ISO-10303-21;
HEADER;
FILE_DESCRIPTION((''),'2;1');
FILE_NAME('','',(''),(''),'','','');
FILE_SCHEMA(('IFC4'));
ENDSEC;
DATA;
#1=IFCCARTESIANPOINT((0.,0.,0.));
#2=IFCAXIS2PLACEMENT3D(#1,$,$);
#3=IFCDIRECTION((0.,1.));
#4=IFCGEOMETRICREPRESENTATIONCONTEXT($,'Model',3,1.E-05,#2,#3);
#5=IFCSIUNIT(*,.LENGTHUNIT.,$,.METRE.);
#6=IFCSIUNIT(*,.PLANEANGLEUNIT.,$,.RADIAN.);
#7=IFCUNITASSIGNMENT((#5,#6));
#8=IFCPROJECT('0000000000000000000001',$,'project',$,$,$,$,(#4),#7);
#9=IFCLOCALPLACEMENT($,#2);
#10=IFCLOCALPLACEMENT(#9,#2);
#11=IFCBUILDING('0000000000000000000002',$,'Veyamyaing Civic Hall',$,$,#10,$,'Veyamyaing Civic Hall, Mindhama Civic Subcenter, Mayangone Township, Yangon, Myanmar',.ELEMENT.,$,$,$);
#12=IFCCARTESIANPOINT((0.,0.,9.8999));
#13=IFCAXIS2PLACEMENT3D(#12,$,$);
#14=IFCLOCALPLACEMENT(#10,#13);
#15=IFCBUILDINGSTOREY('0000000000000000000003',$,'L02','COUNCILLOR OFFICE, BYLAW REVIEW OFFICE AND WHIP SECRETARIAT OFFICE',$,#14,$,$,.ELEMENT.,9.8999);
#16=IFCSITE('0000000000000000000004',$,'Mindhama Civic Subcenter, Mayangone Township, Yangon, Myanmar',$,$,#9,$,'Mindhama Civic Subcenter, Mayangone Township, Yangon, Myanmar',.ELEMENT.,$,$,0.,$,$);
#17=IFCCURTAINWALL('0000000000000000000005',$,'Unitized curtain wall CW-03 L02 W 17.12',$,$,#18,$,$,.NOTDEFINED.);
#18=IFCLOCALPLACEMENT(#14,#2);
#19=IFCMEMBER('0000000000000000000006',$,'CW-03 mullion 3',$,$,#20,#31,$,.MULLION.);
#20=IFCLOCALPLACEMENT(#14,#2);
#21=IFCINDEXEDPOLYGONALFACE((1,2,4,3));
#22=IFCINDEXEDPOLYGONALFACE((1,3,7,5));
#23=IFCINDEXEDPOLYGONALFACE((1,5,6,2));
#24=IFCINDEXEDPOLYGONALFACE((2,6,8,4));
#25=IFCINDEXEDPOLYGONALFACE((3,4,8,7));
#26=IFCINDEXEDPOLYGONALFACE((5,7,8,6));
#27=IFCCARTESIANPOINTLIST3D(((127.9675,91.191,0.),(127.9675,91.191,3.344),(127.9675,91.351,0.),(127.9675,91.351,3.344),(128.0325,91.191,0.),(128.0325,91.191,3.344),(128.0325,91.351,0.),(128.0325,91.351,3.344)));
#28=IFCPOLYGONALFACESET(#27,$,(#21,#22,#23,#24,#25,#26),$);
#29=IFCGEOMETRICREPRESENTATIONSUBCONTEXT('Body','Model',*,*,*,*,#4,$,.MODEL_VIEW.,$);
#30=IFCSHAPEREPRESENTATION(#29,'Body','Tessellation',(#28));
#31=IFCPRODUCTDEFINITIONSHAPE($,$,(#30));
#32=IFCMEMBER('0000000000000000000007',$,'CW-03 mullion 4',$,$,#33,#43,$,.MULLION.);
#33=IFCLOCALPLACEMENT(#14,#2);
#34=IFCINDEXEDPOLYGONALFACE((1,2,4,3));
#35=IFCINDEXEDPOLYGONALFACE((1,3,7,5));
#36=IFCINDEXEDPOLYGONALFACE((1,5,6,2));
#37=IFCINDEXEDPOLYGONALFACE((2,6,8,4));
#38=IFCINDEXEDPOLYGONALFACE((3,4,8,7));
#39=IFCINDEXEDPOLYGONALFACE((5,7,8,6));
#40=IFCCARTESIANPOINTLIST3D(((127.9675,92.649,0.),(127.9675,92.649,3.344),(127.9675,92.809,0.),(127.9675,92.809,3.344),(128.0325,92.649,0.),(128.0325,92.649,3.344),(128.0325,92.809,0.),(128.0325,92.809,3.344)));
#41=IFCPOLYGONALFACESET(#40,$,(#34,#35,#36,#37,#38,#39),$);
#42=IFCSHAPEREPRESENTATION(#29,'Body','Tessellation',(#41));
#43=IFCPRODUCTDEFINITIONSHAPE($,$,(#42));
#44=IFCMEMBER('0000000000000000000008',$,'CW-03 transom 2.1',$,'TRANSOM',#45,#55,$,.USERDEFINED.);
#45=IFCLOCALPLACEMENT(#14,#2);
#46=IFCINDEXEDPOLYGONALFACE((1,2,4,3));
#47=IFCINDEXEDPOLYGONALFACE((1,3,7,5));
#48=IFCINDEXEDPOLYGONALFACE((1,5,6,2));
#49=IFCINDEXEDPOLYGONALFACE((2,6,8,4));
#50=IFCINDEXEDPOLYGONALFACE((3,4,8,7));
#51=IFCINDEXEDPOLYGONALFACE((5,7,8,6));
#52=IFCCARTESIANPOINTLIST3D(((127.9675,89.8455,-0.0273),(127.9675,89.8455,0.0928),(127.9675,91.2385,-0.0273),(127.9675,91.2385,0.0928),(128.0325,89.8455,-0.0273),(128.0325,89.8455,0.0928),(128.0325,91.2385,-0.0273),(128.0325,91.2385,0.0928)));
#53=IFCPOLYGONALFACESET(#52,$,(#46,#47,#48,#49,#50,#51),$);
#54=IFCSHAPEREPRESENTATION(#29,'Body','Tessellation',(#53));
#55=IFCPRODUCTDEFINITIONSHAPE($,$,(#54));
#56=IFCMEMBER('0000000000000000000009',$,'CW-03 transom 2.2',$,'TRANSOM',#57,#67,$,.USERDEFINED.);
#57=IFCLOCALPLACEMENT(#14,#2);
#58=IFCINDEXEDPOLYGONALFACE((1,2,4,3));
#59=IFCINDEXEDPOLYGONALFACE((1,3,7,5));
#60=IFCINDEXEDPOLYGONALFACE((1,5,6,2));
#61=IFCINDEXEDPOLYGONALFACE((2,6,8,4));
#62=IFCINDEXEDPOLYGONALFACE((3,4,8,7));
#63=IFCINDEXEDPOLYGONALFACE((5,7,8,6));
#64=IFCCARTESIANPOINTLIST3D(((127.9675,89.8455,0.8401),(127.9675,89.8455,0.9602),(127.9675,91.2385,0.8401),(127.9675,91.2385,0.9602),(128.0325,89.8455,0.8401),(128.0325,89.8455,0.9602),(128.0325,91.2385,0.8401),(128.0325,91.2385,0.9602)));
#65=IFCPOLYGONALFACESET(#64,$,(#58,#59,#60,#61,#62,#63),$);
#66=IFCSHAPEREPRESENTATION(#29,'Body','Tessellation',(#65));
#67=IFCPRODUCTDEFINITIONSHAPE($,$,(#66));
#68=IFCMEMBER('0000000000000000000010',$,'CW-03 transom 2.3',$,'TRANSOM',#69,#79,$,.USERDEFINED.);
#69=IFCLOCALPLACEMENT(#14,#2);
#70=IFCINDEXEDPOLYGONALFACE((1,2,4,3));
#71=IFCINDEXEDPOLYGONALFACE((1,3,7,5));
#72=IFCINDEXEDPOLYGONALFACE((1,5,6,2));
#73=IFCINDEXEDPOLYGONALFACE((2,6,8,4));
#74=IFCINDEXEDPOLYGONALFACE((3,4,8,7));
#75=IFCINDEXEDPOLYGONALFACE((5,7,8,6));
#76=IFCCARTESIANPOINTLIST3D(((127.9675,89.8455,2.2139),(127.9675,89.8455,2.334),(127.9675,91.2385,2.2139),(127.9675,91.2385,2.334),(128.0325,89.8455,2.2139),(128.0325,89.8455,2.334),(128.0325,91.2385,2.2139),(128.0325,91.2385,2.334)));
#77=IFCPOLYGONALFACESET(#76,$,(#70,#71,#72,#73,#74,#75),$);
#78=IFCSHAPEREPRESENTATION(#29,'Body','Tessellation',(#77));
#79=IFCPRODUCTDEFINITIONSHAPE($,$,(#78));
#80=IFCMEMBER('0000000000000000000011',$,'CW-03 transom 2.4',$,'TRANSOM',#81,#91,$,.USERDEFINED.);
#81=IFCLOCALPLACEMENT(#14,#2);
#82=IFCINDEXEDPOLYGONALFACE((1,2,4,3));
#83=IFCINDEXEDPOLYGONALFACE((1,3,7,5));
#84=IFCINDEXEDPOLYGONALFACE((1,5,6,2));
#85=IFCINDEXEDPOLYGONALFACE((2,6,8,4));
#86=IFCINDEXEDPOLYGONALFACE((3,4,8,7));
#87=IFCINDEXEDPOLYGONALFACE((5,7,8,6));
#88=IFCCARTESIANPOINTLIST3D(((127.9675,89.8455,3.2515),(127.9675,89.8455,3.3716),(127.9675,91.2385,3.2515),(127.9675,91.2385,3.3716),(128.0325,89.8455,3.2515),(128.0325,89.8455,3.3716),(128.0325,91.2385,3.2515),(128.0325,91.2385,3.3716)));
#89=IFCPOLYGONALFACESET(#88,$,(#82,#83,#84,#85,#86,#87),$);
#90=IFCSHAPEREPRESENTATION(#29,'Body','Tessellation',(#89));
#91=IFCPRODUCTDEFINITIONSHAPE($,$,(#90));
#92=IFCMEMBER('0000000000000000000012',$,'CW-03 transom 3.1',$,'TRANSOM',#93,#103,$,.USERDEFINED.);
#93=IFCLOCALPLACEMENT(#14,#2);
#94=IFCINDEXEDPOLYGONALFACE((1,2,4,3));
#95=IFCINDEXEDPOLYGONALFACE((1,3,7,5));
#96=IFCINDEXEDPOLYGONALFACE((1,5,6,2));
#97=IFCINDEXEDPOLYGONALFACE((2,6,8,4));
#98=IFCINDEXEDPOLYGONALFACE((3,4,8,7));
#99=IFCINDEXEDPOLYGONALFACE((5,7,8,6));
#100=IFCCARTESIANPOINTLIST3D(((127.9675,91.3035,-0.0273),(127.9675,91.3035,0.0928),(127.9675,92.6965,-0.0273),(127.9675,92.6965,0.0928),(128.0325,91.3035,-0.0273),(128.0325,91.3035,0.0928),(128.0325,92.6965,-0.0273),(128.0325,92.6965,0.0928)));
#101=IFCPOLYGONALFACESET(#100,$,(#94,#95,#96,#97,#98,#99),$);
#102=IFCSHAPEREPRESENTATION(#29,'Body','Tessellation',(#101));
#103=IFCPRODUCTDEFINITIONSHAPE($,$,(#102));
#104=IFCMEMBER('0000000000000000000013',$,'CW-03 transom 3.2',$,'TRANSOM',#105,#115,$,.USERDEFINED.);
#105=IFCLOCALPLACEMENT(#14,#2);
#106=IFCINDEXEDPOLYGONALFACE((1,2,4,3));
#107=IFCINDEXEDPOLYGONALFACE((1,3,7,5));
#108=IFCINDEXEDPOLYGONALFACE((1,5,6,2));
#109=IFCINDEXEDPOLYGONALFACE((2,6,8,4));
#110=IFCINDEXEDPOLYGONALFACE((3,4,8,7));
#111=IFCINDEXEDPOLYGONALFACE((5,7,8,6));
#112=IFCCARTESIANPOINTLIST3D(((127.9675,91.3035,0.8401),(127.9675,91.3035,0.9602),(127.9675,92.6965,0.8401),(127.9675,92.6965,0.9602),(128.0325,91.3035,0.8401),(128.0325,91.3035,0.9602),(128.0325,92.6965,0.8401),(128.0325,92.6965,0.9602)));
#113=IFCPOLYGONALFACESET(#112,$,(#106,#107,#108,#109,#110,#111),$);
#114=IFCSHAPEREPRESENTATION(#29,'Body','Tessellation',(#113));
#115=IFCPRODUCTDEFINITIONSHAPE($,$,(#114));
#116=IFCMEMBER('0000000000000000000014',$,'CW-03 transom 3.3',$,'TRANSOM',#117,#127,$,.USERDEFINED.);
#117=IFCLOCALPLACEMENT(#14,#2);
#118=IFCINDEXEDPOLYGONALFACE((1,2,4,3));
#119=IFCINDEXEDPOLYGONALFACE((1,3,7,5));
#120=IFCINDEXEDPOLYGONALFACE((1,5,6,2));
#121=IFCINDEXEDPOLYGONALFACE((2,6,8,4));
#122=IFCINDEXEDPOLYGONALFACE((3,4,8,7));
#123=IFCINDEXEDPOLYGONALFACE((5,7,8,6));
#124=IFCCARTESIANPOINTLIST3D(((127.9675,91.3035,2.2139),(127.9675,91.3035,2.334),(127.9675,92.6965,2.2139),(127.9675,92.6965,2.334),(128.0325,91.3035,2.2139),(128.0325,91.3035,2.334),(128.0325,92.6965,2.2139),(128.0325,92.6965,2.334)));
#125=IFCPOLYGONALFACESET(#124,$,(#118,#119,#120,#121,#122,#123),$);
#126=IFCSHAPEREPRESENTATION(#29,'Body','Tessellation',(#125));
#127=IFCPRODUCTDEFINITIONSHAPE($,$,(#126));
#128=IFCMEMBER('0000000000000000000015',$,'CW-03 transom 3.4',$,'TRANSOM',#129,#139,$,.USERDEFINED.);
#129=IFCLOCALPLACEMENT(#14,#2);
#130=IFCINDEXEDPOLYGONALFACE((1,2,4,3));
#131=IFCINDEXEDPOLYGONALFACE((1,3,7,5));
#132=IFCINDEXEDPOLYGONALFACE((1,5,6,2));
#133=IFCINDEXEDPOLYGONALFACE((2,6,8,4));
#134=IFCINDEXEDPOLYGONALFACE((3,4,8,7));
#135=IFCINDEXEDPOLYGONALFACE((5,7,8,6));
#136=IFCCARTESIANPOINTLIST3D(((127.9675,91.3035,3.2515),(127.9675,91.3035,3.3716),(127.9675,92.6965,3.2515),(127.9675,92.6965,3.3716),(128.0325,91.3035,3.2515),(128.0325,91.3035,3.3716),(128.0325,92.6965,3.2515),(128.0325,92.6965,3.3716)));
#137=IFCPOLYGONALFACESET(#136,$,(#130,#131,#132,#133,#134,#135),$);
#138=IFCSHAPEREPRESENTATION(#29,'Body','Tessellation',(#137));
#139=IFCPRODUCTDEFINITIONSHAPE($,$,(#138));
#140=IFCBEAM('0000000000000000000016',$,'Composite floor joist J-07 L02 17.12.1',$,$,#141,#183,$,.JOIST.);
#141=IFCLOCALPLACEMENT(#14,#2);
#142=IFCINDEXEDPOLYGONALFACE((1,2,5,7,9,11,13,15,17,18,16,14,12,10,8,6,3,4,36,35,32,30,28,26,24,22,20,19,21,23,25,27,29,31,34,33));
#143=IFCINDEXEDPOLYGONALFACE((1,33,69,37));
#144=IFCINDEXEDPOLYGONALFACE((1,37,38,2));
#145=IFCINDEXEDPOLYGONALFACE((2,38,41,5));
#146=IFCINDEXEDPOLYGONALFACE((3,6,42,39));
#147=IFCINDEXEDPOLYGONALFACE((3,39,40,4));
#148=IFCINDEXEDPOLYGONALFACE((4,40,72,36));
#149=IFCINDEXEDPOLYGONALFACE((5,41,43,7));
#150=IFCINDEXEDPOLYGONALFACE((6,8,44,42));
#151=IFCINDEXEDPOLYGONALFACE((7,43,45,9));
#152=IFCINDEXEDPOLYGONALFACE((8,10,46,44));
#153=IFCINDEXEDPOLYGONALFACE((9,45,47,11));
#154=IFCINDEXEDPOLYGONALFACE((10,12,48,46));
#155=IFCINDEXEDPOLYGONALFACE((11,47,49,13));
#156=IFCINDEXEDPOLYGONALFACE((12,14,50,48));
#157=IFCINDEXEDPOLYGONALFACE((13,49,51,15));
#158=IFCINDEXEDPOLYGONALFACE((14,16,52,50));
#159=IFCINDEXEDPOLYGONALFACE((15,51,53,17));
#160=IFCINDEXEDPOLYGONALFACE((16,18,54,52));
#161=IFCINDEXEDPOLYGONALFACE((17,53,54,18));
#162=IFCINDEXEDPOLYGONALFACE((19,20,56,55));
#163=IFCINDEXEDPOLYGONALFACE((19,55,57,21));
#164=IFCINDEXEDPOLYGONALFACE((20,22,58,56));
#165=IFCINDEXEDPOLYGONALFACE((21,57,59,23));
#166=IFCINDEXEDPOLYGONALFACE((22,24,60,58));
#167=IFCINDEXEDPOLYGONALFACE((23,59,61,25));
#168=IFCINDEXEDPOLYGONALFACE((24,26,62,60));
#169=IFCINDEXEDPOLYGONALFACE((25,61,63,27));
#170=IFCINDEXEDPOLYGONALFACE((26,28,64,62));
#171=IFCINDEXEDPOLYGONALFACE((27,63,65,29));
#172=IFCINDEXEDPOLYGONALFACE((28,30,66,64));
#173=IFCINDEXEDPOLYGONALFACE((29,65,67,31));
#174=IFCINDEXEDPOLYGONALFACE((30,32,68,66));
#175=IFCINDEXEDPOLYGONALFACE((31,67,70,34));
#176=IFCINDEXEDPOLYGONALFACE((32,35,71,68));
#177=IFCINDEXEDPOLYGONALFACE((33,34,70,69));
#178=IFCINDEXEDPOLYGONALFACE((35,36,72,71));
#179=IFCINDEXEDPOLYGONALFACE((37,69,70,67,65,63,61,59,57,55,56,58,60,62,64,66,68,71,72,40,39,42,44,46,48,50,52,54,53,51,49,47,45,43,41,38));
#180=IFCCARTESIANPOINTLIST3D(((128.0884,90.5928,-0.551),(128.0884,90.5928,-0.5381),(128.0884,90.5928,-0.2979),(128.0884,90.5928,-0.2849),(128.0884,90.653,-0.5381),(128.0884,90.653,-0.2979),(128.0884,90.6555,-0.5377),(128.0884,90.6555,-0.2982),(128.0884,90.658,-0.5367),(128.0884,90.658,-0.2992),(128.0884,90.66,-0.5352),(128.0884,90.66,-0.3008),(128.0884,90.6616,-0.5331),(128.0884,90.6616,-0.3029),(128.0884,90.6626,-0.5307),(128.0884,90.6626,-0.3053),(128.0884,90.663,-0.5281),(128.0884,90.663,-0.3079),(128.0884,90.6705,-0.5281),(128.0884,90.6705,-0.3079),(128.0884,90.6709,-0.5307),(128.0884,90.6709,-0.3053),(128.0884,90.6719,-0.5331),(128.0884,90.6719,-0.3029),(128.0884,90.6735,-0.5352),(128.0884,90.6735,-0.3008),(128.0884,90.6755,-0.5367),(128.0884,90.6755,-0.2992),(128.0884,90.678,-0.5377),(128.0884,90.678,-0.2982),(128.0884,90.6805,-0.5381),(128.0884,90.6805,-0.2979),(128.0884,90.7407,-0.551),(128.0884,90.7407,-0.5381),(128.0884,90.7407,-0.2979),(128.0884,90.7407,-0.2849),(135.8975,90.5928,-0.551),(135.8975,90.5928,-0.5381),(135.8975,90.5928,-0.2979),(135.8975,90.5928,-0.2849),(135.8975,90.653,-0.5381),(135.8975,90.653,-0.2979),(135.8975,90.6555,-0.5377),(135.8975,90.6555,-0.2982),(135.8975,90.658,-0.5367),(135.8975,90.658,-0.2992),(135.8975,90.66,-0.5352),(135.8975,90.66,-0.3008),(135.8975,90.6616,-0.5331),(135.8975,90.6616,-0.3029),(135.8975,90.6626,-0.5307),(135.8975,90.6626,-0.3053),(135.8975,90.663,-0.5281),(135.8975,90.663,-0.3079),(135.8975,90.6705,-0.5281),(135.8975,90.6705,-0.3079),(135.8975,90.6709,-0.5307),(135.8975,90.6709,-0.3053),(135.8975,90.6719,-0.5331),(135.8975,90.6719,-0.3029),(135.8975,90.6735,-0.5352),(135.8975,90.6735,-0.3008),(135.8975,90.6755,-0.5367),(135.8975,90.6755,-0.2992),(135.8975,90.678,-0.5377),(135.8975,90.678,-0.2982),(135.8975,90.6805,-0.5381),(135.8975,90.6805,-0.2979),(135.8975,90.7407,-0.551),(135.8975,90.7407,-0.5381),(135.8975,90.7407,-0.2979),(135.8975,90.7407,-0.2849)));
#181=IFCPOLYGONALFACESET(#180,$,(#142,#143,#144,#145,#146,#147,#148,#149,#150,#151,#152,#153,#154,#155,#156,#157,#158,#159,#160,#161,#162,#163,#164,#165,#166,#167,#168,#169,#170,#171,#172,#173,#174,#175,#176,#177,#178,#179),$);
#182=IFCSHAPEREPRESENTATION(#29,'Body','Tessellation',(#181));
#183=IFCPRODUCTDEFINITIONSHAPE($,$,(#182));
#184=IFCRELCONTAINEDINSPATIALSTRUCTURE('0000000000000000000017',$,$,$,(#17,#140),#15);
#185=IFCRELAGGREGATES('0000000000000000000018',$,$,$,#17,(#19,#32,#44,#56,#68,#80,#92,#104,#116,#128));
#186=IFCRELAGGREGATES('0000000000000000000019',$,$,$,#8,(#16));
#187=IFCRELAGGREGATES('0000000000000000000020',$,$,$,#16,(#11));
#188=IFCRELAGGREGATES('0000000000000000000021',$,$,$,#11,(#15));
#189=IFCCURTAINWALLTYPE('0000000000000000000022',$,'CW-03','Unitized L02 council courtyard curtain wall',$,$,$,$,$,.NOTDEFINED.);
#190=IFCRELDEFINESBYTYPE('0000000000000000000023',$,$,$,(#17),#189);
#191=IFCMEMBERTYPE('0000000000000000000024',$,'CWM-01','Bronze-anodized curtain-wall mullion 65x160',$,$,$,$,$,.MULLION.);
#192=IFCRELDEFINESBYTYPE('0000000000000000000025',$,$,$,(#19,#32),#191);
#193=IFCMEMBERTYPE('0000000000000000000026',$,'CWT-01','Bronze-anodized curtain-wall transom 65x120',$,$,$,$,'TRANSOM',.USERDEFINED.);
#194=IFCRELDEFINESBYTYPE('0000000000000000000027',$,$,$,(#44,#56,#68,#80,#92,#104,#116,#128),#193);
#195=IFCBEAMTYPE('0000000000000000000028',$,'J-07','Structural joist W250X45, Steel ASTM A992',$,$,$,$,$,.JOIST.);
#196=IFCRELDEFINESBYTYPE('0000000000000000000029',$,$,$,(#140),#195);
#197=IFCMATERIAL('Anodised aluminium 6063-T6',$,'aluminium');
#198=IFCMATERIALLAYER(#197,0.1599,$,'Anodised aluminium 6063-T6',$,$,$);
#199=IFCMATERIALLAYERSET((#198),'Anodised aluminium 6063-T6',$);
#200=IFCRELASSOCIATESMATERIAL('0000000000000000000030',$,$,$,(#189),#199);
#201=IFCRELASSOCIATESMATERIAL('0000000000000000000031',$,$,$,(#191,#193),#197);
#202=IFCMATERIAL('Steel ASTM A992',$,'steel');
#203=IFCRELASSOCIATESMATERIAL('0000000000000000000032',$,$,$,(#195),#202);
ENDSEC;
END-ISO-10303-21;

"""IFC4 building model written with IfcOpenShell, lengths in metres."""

from ifc_helpers import new_model, si_unit, direction, frame, origin, origin_2d, place, context, subcontext, project, spatial, rectangle, i_section, extrude, material, layer, layer_set, material_profile, profile_set, type_object, element, aggregate, save


model = new_model("IFC4")

# Units and contexts
model_context = context("Model", 3, precision=1e-05, world=origin(), true_north=direction((0.0, 1.0)))
body_context = subcontext(model_context, "Body", "Model", "MODEL_VIEW")
ifc_project = project(units=[si_unit("LENGTHUNIT", "METRE"), si_unit("PLANEANGLEUNIT", "RADIAN")], contexts=[model_context])

# Site, building, storey
site_placement = place(None, origin())
site = spatial("IfcSite", under=ifc_project, at=site_placement, Name="Mindhama Civic Subcenter, Mayangone Township, Yangon, Myanmar", LongName="Mindhama Civic Subcenter, Mayangone Township, Yangon, Myanmar", CompositionType="ELEMENT", RefElevation=0.0)
building_placement = place(site_placement, origin())
building = spatial("IfcBuilding", under=site, at=building_placement, Name="Veyamyaing Civic Hall", LongName="Veyamyaing Civic Hall, Mindhama Civic Subcenter, Mayangone Township, Yangon, Myanmar", CompositionType="ELEMENT")
storey_placement = place(building_placement, frame((0.0, 0.0, 9.8999)))
storey = spatial("IfcBuildingStorey", under=building, at=storey_placement, Name="L02", Description="COUNCILLOR OFFICE, BYLAW REVIEW OFFICE AND WHIP SECRETARIAT OFFICE", CompositionType="ELEMENT", Elevation=9.8999)

# Curtain wall, members
ifc_material_1 = material(Name="Anodised aluminium 6063-T6", Category="aluminium")
ifc_layer_1 = layer(ifc_material_1, 0.1599, Name="Anodised aluminium 6063-T6")
ifc_layer_set_1 = layer_set([ifc_layer_1], Name="Anodised aluminium 6063-T6")
curtain_wall_type = type_object("IfcCurtainWallType", Name="CW-03", Description="Unitized L02 council courtyard curtain wall", PredefinedType="NOTDEFINED", material=ifc_layer_set_1)
curtain_wall_placement = place(storey_placement, origin())
curtain_wall = element("IfcCurtainWall", 1, at=curtain_wall_placement, inside=storey, type_object=curtain_wall_type, Name="Unitized curtain wall CW-03 L02 W 17.12", PredefinedType="NOTDEFINED")
ifc_material_profile_1 = material_profile(ifc_material_1, rectangle(XDim=0.0649, YDim=0.1599, at=origin_2d()), Name="ALU-MUL-65X160")
ifc_profile_set_1 = profile_set([ifc_material_profile_1], Name="Anodised aluminium 6063-T6")
member_type_1 = type_object("IfcMemberType", Name="CWM-01", Description="Bronze-anodized curtain-wall mullion 65x160", PredefinedType="MULLION", material=ifc_profile_set_1)
member_1_placement = place(storey_placement, frame((128.0, 91.271, 0.0), z_axis=(0.0, 0.0, 1.0), x_axis=(-1.0, 0.0, 0.0)))
member_1 = element("IfcMember", 2, at=member_1_placement, type_object=member_type_1, Name="CW-03 mullion 3", PredefinedType="MULLION", context=body_context, shape_type="SweptSolid", body=[
    extrude(rectangle(XDim=0.0649, YDim=0.1599, at=origin_2d()), origin(), (0.0, 0.0, 1.0), 3.344),
])
member_2_placement = place(storey_placement, frame((128.0, 92.729, 0.0), z_axis=(0.0, 0.0, 1.0), x_axis=(-1.0, 0.0, 0.0)))
member_2 = element("IfcMember", 3, at=member_2_placement, type_object=member_type_1, Name="CW-03 mullion 4", PredefinedType="MULLION", context=body_context, shape_type="SweptSolid", body=[
    extrude(rectangle(XDim=0.0649, YDim=0.1599, at=origin_2d()), origin(), (0.0, 0.0, 1.0), 3.344),
])
ifc_material_profile_2 = material_profile(ifc_material_1, rectangle(XDim=0.0649, YDim=0.1201, at=origin_2d()), Name="ALU-TRN-65X120")
ifc_profile_set_2 = profile_set([ifc_material_profile_2], Name="Anodised aluminium 6063-T6")
member_type_2 = type_object("IfcMemberType", Name="CWT-01", Description="Bronze-anodized curtain-wall transom 65x120", ElementType="TRANSOM", PredefinedType="USERDEFINED", material=ifc_profile_set_2)
member_3_placement = place(storey_placement, frame((128.0, 89.8455, 0.0327), z_axis=(0.0, 1.0, 0.0), x_axis=(-1.0, 0.0, 0.0)))
member_3 = element("IfcMember", 4, at=member_3_placement, type_object=member_type_2, Name="CW-03 transom 2.1", ObjectType="TRANSOM", PredefinedType="USERDEFINED", context=body_context, shape_type="SweptSolid", body=[
    extrude(rectangle(XDim=0.0649, YDim=0.1201, at=origin_2d()), origin(), (0.0, 0.0, 1.0), 1.3931),
])
member_4_placement = place(storey_placement, frame((128.0, 89.8455, 0.9001), z_axis=(0.0, 1.0, 0.0), x_axis=(-1.0, 0.0, 0.0)))
member_4 = element("IfcMember", 5, at=member_4_placement, type_object=member_type_2, Name="CW-03 transom 2.2", ObjectType="TRANSOM", PredefinedType="USERDEFINED", context=body_context, shape_type="SweptSolid", body=[
    extrude(rectangle(XDim=0.0649, YDim=0.1201, at=origin_2d()), origin(), (0.0, 0.0, 1.0), 1.3931),
])
member_5_placement = place(storey_placement, frame((128.0, 89.8455, 2.2739), z_axis=(0.0, 1.0, 0.0), x_axis=(-1.0, 0.0, 0.0)))
member_5 = element("IfcMember", 6, at=member_5_placement, type_object=member_type_2, Name="CW-03 transom 2.3", ObjectType="TRANSOM", PredefinedType="USERDEFINED", context=body_context, shape_type="SweptSolid", body=[
    extrude(rectangle(XDim=0.0649, YDim=0.1201, at=origin_2d()), origin(), (0.0, 0.0, 1.0), 1.3931),
])
member_6_placement = place(storey_placement, frame((128.0, 89.8455, 3.3115), z_axis=(0.0, 1.0, 0.0), x_axis=(-1.0, 0.0, 0.0)))
member_6 = element("IfcMember", 7, at=member_6_placement, type_object=member_type_2, Name="CW-03 transom 2.4", ObjectType="TRANSOM", PredefinedType="USERDEFINED", context=body_context, shape_type="SweptSolid", body=[
    extrude(rectangle(XDim=0.0649, YDim=0.1201, at=origin_2d()), origin(), (0.0, 0.0, 1.0), 1.3931),
])
member_7_placement = place(storey_placement, frame((128.0, 91.3035, 0.0327), z_axis=(0.0, 1.0, 0.0), x_axis=(-1.0, 0.0, 0.0)))
member_7 = element("IfcMember", 8, at=member_7_placement, type_object=member_type_2, Name="CW-03 transom 3.1", ObjectType="TRANSOM", PredefinedType="USERDEFINED", context=body_context, shape_type="SweptSolid", body=[
    extrude(rectangle(XDim=0.0649, YDim=0.1201, at=origin_2d()), origin(), (0.0, 0.0, 1.0), 1.3931),
])
member_8_placement = place(storey_placement, frame((128.0, 91.3035, 0.9001), z_axis=(0.0, 1.0, 0.0), x_axis=(-1.0, 0.0, 0.0)))
member_8 = element("IfcMember", 9, at=member_8_placement, type_object=member_type_2, Name="CW-03 transom 3.2", ObjectType="TRANSOM", PredefinedType="USERDEFINED", context=body_context, shape_type="SweptSolid", body=[
    extrude(rectangle(XDim=0.0649, YDim=0.1201, at=origin_2d()), origin(), (0.0, 0.0, 1.0), 1.3931),
])
member_9_placement = place(storey_placement, frame((128.0, 91.3035, 2.2739), z_axis=(0.0, 1.0, 0.0), x_axis=(-1.0, 0.0, 0.0)))
member_9 = element("IfcMember", 10, at=member_9_placement, type_object=member_type_2, Name="CW-03 transom 3.3", ObjectType="TRANSOM", PredefinedType="USERDEFINED", context=body_context, shape_type="SweptSolid", body=[
    extrude(rectangle(XDim=0.0649, YDim=0.1201, at=origin_2d()), origin(), (0.0, 0.0, 1.0), 1.3931),
])
member_10_placement = place(storey_placement, frame((128.0, 91.3035, 3.3115), z_axis=(0.0, 1.0, 0.0), x_axis=(-1.0, 0.0, 0.0)))
member_10 = element("IfcMember", 11, at=member_10_placement, type_object=member_type_2, Name="CW-03 transom 3.4", ObjectType="TRANSOM", PredefinedType="USERDEFINED", context=body_context, shape_type="SweptSolid", body=[
    extrude(rectangle(XDim=0.0649, YDim=0.1201, at=origin_2d()), origin(), (0.0, 0.0, 1.0), 1.3931),
])

# Beam
ifc_material_2 = material(Name="Steel ASTM A992", Category="steel")
ifc_material_profile_3 = material_profile(ifc_material_2, i_section(OverallWidth=0.1479, OverallDepth=0.2661, WebThickness=0.0076, FlangeThickness=0.0129, FilletRadius=0.01, at=origin_2d()), Name="W250X45")
ifc_profile_set_3 = profile_set([ifc_material_profile_3], Name="Steel ASTM A992")
beam_type = type_object("IfcBeamType", Name="J-07", Description="Structural joist W250X45, Steel ASTM A992", PredefinedType="JOIST", material=ifc_profile_set_3)
beam_placement = place(storey_placement, frame((128.0884, 90.6667, -0.418), z_axis=(1.0, 0.0, 0.0), x_axis=(0.0, 1.0, 0.0)))
element("IfcBeam", 12, at=beam_placement, inside=storey, type_object=beam_type, Name="Composite floor joist J-07 L02 17.12.1", PredefinedType="JOIST", context=body_context, shape_type="SweptSolid", body=[
    extrude(i_section(OverallWidth=0.1479, OverallDepth=0.2661, WebThickness=0.0076, FlangeThickness=0.0129, FilletRadius=0.01, at=origin_2d()), origin(), (0.0, 0.0, 1.0), 7.8091),
])

aggregate(curtain_wall, [member_1, member_2, member_3, member_4, member_5, member_6, member_7, member_8, member_9, member_10])

save(model, "model.ifc")
